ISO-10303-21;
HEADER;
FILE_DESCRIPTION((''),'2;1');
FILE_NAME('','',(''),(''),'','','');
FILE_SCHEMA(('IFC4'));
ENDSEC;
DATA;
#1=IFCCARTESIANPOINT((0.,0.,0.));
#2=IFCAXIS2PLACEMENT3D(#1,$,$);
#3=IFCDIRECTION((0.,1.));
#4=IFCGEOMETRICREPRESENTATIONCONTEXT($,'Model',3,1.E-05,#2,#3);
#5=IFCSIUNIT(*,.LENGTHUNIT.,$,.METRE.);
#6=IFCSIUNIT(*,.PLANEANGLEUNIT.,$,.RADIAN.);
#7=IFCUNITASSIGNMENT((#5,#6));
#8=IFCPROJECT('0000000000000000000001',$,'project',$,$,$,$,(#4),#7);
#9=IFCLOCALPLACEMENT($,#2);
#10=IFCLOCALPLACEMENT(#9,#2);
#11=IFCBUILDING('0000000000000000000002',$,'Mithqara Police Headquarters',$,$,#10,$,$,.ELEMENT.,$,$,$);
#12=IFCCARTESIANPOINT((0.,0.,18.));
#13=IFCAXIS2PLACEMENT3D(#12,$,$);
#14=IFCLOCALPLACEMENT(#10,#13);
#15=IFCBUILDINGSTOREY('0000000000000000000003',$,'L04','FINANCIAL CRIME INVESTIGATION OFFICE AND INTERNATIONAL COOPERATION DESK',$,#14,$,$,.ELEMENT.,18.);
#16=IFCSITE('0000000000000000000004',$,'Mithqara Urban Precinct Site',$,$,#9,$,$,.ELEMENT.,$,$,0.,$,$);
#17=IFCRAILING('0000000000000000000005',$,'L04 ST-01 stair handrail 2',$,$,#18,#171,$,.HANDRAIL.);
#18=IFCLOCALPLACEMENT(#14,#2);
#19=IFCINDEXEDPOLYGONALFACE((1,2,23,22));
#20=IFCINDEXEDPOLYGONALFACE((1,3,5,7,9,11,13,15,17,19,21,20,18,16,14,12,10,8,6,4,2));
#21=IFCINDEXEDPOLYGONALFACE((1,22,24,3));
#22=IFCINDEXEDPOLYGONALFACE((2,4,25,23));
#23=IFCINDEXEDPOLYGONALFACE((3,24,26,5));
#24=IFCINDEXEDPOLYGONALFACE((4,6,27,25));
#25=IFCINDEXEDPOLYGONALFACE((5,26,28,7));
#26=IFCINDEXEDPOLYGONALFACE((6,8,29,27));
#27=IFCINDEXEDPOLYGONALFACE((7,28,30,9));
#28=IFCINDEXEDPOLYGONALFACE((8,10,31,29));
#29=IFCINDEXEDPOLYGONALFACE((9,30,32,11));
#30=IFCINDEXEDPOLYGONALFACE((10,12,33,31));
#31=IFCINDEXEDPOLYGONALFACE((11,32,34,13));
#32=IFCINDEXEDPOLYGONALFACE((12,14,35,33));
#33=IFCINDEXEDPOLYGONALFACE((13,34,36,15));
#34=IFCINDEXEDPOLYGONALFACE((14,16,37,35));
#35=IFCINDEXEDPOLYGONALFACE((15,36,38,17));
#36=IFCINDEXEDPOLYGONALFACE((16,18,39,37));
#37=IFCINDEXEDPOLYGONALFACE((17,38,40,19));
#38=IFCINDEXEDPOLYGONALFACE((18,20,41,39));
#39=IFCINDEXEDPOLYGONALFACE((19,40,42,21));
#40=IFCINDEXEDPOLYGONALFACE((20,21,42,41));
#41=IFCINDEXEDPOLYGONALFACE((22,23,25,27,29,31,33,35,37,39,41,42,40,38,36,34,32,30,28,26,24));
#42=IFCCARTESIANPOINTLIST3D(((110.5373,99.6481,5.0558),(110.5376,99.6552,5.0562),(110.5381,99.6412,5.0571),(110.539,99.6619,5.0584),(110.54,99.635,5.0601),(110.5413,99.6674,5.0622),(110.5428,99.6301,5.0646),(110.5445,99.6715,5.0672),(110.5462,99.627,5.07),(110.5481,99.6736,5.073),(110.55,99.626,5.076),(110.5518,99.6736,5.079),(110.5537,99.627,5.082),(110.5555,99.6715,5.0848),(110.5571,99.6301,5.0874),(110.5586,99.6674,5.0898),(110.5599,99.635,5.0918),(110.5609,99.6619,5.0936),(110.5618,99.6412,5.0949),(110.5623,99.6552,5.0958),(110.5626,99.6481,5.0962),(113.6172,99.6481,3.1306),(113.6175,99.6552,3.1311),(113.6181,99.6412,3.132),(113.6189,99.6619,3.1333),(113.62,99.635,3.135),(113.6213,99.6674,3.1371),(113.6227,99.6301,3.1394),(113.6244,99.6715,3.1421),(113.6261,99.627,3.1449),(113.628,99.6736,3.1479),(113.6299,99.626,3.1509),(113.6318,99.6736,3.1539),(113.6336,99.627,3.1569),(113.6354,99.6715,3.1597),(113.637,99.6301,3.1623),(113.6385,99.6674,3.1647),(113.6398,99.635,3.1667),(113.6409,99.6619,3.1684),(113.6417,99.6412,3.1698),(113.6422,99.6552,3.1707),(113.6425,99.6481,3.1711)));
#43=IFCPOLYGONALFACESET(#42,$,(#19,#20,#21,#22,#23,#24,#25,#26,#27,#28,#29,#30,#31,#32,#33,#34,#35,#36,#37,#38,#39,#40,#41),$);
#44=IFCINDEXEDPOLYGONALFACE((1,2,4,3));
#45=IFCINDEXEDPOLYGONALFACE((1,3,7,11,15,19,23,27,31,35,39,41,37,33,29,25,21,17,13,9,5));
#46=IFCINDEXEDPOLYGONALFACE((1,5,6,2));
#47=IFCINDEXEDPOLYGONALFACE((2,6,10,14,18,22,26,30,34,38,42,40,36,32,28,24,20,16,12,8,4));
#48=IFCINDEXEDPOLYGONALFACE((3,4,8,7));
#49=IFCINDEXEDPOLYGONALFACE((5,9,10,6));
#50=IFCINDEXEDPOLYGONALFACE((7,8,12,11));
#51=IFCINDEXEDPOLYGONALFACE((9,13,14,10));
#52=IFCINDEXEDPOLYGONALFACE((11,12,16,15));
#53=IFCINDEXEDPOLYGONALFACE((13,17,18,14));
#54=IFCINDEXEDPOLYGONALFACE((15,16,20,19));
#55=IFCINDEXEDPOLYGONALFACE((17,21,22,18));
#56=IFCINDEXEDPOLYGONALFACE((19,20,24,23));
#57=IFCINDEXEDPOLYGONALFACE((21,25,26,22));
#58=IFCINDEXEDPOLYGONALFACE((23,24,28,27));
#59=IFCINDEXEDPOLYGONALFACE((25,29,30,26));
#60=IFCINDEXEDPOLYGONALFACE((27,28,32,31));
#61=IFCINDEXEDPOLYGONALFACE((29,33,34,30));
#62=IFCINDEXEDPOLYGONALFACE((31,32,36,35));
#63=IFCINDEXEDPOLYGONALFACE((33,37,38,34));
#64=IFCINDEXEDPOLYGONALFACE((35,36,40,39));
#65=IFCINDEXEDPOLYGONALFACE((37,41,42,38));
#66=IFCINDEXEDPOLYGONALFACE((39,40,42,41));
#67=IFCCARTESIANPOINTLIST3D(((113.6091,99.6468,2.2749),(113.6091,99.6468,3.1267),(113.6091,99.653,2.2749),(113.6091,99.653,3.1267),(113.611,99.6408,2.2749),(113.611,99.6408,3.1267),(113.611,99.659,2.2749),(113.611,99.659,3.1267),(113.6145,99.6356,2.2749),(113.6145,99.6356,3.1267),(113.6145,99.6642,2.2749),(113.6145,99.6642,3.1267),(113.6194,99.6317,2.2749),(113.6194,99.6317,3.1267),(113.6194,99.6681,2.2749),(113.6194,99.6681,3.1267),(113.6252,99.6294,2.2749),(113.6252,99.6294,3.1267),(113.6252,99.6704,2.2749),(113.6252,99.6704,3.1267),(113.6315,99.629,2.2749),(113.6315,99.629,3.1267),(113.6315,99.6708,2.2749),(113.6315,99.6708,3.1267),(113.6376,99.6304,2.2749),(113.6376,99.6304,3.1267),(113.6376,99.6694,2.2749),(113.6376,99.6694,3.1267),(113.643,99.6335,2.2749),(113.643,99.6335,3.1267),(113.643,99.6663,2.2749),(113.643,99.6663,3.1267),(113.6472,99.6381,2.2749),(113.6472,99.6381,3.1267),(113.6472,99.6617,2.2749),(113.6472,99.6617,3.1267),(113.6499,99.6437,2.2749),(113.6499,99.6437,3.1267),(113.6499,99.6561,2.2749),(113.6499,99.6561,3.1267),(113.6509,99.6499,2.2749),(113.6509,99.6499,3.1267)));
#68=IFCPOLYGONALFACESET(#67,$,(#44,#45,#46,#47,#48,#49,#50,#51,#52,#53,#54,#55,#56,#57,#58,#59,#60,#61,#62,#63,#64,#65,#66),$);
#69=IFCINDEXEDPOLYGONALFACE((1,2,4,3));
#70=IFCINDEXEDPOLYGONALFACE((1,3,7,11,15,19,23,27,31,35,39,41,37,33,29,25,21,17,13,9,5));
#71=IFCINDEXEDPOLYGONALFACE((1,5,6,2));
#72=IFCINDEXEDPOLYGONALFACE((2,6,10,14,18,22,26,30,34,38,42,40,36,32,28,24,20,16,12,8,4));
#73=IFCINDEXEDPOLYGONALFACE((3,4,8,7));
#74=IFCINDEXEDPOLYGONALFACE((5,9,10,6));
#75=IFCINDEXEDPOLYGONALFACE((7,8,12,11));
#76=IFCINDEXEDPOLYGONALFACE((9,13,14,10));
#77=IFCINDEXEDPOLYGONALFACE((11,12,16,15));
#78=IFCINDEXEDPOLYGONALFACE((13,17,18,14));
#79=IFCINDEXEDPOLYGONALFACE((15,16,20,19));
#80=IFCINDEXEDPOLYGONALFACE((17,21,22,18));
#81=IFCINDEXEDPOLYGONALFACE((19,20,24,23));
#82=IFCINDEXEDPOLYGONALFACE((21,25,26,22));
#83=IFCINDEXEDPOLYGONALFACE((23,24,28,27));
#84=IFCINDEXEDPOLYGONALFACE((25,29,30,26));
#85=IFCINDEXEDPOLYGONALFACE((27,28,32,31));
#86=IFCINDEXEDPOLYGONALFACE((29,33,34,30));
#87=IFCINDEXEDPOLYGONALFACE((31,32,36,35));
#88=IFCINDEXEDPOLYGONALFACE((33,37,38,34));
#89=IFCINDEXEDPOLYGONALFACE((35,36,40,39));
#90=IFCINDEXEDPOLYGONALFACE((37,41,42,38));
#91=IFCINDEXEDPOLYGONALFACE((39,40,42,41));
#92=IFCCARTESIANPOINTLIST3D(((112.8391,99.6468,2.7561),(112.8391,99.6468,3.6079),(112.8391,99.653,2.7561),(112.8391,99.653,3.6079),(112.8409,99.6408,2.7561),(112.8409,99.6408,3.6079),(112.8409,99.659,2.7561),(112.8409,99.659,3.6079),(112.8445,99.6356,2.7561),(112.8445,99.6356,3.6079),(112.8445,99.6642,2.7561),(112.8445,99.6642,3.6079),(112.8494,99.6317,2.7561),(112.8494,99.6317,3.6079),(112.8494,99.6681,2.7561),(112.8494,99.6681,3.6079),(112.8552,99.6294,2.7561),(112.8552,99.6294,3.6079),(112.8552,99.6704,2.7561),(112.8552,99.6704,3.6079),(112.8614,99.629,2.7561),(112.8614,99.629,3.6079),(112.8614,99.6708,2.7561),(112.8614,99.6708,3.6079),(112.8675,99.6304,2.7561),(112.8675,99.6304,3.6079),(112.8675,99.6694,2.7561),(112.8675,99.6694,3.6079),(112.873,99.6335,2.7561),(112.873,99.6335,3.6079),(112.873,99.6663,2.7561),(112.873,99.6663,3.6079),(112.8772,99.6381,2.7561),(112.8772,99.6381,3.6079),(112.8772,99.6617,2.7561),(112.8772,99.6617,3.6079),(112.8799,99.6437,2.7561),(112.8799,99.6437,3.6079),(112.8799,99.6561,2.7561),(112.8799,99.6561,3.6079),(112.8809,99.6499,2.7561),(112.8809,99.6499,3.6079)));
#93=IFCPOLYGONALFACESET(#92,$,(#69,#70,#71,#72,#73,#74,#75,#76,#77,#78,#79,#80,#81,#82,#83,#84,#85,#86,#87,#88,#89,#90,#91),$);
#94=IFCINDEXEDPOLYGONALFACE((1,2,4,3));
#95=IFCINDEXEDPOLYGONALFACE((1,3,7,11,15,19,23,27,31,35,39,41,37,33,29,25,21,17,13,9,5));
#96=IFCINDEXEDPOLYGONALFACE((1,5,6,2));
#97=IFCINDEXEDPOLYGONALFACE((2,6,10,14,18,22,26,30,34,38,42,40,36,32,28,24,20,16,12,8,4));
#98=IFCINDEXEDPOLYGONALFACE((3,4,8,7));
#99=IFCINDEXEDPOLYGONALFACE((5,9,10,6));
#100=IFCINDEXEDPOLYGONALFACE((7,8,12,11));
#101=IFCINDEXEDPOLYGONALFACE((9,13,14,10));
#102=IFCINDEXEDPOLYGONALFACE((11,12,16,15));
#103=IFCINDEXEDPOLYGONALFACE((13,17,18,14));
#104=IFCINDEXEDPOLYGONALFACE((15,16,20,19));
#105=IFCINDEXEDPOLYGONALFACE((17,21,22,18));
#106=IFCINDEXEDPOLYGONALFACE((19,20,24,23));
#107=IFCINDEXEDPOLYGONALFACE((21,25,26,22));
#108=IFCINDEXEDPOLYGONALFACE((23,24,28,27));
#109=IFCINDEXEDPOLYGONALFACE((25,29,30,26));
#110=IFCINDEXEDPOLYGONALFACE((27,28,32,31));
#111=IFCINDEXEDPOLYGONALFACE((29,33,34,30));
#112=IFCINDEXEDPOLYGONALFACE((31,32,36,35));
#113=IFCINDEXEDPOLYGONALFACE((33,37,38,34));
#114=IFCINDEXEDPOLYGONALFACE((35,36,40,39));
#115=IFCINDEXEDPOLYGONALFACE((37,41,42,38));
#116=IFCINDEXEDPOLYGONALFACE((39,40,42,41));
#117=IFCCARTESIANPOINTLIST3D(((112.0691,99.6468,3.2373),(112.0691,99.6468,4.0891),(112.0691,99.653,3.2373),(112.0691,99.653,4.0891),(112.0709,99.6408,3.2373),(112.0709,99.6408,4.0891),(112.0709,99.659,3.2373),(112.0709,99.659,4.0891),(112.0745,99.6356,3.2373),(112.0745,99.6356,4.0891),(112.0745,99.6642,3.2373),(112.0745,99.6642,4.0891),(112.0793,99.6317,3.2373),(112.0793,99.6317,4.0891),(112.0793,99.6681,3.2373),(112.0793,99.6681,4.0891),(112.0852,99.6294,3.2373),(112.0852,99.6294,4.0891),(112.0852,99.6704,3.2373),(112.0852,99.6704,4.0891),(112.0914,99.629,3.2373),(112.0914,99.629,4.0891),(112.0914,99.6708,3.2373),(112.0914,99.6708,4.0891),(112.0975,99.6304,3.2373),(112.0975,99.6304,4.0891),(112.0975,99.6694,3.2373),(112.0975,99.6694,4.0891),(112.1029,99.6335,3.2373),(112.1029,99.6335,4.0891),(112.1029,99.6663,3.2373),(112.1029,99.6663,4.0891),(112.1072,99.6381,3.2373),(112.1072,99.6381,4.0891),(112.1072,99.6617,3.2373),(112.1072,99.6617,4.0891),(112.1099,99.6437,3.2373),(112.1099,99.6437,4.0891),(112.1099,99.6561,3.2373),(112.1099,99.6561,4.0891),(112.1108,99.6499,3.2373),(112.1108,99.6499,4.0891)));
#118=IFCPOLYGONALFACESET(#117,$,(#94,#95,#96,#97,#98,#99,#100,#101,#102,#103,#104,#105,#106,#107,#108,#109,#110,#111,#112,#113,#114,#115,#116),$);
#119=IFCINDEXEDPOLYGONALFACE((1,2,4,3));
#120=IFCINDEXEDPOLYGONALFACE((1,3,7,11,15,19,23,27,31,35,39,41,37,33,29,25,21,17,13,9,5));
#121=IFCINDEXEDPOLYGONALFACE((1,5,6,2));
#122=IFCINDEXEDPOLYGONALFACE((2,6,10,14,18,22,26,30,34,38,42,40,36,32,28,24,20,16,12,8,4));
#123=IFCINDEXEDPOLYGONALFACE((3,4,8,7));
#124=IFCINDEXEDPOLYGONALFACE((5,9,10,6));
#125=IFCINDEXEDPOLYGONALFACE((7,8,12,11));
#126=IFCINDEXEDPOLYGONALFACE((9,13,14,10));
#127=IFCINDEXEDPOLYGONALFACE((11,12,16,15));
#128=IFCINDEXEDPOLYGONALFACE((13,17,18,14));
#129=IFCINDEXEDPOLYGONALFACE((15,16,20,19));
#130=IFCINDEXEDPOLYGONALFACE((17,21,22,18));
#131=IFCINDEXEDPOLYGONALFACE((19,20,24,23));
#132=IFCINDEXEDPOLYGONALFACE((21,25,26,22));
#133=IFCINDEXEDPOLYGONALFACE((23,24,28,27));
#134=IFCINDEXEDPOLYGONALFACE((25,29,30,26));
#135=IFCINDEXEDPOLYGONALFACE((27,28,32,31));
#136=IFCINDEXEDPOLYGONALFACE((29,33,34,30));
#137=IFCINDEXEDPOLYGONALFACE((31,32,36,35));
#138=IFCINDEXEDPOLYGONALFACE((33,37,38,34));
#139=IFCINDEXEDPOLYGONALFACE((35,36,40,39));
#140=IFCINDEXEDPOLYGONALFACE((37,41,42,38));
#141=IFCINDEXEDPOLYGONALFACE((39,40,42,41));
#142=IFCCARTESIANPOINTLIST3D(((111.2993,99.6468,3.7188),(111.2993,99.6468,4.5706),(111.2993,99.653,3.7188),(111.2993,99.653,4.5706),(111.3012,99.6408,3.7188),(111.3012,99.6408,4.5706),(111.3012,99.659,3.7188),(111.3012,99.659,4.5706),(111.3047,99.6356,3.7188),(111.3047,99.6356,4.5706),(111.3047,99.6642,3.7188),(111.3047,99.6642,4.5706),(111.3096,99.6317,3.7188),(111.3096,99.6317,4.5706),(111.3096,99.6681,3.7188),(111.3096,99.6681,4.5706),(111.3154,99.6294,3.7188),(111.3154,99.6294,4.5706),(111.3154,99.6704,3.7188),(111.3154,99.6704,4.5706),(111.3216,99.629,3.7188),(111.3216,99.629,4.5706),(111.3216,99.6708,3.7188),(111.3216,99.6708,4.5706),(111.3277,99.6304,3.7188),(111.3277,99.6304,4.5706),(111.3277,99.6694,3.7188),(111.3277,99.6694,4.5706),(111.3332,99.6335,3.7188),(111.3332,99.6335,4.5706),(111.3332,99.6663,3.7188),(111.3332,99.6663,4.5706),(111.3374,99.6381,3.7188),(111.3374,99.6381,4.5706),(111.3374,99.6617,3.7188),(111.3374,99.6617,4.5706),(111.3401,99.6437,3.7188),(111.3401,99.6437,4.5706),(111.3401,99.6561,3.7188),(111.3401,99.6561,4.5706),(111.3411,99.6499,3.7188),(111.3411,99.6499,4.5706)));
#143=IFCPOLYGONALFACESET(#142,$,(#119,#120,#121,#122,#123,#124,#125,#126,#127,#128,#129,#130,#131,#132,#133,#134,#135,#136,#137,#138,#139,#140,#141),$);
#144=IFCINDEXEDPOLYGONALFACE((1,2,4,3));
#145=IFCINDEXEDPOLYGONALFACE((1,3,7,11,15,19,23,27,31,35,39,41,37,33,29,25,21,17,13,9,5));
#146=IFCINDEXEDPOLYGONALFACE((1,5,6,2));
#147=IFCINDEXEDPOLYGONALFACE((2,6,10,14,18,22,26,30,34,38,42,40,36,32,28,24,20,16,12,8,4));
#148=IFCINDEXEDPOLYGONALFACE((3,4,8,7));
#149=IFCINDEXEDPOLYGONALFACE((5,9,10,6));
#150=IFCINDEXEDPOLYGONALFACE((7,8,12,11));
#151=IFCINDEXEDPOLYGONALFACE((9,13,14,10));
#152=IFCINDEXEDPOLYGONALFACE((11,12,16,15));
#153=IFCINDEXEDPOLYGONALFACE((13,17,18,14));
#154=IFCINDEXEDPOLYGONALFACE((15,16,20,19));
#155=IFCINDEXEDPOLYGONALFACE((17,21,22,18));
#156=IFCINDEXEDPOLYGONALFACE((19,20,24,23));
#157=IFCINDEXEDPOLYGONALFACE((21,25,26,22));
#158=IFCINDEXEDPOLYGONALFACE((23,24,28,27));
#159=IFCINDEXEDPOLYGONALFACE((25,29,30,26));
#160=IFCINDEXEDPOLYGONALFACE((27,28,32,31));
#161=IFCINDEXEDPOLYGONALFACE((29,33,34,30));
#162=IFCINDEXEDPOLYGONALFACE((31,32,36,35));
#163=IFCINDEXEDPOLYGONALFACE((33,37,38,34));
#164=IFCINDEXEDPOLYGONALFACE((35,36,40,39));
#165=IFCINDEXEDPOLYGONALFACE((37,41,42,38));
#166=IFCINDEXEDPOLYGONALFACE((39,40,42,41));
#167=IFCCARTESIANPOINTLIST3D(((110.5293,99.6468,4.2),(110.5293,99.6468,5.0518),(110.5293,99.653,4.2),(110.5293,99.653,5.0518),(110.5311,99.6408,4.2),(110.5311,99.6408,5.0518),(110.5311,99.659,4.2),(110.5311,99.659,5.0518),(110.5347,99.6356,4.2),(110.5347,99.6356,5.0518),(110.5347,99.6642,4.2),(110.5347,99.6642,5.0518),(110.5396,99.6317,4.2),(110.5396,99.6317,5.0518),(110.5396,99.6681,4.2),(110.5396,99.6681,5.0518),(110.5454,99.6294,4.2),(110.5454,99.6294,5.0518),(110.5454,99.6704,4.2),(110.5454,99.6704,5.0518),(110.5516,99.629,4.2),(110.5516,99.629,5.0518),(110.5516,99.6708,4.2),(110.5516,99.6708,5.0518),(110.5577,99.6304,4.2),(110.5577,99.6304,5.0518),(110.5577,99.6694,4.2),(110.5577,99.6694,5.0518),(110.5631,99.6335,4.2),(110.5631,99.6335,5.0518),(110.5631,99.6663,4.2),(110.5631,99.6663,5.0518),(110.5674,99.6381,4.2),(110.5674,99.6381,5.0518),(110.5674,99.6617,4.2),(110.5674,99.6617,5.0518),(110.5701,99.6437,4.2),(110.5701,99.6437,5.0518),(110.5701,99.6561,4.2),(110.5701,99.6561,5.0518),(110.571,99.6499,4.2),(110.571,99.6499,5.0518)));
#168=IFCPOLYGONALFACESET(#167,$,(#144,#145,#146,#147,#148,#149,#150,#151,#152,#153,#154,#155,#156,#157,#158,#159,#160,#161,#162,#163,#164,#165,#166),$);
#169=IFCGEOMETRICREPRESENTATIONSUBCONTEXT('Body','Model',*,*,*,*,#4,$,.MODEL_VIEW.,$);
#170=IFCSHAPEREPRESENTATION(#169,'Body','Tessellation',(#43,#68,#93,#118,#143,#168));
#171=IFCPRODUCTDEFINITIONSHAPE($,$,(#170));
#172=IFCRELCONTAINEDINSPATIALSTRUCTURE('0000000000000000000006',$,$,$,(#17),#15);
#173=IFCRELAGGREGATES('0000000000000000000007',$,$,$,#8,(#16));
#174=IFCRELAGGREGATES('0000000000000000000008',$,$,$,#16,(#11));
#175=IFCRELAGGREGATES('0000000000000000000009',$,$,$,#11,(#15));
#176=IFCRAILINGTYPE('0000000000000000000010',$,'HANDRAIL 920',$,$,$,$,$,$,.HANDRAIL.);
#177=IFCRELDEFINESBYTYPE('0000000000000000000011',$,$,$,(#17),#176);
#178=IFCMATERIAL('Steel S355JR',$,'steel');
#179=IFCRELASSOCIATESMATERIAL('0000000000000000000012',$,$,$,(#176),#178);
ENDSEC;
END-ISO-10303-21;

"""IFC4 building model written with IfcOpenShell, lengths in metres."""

from ifc_helpers import new_model, si_unit, direction, frame, origin, origin_2d, place, context, subcontext, project, spatial, circle, extrude, material, type_object, element, save


model = new_model("IFC4")

# Units and contexts
model_context = context("Model", 3, precision=1e-05, world=origin(), true_north=direction((0.0, 1.0)))
body_context = subcontext(model_context, "Body", "Model", "MODEL_VIEW")
ifc_project = project(units=[si_unit("LENGTHUNIT", "METRE"), si_unit("PLANEANGLEUNIT", "RADIAN")], contexts=[model_context])

# Site, building, storey
site_placement = place(None, origin())
site = spatial("IfcSite", under=ifc_project, at=site_placement, Name="Mithqara Urban Precinct Site", CompositionType="ELEMENT", RefElevation=0.0)
building_placement = place(site_placement, origin())
building = spatial("IfcBuilding", under=site, at=building_placement, Name="Mithqara Police Headquarters", CompositionType="ELEMENT")
storey_placement = place(building_placement, frame((0.0, 0.0, 18.0)))
storey = spatial("IfcBuildingStorey", under=building, at=storey_placement, Name="L04", Description="FINANCIAL CRIME INVESTIGATION OFFICE AND INTERNATIONAL COOPERATION DESK", CompositionType="ELEMENT", Elevation=18.0)

# Shared definitions
ifc_material_1 = material(Name="Steel S355JR", Category="steel")

# Railing
railing_type_1 = type_object("IfcRailingType", Name="HANDRAIL 920", PredefinedType="HANDRAIL", material=ifc_material_1)
railing_1_placement = place(storey_placement, frame((113.6299, 99.6499, 2.2749)))
element("IfcRailing", 1, at=railing_1_placement, inside=storey, type_object=railing_type_1, Name="L04 ST-01 stair handrail 2", PredefinedType="HANDRAIL", context=body_context, shape_type="SweptSolid", body=[
    extrude(circle(Radius=0.0239, at=origin_2d()), frame((0.0, 0.0, 0.876), z_axis=(-0.847979, 0.0, 0.530029), x_axis=(0.0, -1.0, 0.0)), (0.0, 0.0, 1.0), 3.6321),
    extrude(circle(Radius=0.021, at=origin_2d()), origin(), (0.0, 0.0, 1.0), 0.8518),
    extrude(circle(Radius=0.021, at=origin_2d()), frame((-0.77, 0.0, 0.4812)), (0.0, 0.0, 1.0), 0.8518),
    extrude(circle(Radius=0.021, at=origin_2d()), frame((-1.54, 0.0, 0.9624)), (0.0, 0.0, 1.0), 0.8518),
    extrude(circle(Radius=0.021, at=origin_2d()), frame((-2.3098, 0.0, 1.4438)), (0.0, 0.0, 1.0), 0.8518),
    extrude(circle(Radius=0.021, at=origin_2d()), frame((-3.0798, 0.0, 1.925)), (0.0, 0.0, 1.0), 0.8518),
])

save(model, "model.ifc")
